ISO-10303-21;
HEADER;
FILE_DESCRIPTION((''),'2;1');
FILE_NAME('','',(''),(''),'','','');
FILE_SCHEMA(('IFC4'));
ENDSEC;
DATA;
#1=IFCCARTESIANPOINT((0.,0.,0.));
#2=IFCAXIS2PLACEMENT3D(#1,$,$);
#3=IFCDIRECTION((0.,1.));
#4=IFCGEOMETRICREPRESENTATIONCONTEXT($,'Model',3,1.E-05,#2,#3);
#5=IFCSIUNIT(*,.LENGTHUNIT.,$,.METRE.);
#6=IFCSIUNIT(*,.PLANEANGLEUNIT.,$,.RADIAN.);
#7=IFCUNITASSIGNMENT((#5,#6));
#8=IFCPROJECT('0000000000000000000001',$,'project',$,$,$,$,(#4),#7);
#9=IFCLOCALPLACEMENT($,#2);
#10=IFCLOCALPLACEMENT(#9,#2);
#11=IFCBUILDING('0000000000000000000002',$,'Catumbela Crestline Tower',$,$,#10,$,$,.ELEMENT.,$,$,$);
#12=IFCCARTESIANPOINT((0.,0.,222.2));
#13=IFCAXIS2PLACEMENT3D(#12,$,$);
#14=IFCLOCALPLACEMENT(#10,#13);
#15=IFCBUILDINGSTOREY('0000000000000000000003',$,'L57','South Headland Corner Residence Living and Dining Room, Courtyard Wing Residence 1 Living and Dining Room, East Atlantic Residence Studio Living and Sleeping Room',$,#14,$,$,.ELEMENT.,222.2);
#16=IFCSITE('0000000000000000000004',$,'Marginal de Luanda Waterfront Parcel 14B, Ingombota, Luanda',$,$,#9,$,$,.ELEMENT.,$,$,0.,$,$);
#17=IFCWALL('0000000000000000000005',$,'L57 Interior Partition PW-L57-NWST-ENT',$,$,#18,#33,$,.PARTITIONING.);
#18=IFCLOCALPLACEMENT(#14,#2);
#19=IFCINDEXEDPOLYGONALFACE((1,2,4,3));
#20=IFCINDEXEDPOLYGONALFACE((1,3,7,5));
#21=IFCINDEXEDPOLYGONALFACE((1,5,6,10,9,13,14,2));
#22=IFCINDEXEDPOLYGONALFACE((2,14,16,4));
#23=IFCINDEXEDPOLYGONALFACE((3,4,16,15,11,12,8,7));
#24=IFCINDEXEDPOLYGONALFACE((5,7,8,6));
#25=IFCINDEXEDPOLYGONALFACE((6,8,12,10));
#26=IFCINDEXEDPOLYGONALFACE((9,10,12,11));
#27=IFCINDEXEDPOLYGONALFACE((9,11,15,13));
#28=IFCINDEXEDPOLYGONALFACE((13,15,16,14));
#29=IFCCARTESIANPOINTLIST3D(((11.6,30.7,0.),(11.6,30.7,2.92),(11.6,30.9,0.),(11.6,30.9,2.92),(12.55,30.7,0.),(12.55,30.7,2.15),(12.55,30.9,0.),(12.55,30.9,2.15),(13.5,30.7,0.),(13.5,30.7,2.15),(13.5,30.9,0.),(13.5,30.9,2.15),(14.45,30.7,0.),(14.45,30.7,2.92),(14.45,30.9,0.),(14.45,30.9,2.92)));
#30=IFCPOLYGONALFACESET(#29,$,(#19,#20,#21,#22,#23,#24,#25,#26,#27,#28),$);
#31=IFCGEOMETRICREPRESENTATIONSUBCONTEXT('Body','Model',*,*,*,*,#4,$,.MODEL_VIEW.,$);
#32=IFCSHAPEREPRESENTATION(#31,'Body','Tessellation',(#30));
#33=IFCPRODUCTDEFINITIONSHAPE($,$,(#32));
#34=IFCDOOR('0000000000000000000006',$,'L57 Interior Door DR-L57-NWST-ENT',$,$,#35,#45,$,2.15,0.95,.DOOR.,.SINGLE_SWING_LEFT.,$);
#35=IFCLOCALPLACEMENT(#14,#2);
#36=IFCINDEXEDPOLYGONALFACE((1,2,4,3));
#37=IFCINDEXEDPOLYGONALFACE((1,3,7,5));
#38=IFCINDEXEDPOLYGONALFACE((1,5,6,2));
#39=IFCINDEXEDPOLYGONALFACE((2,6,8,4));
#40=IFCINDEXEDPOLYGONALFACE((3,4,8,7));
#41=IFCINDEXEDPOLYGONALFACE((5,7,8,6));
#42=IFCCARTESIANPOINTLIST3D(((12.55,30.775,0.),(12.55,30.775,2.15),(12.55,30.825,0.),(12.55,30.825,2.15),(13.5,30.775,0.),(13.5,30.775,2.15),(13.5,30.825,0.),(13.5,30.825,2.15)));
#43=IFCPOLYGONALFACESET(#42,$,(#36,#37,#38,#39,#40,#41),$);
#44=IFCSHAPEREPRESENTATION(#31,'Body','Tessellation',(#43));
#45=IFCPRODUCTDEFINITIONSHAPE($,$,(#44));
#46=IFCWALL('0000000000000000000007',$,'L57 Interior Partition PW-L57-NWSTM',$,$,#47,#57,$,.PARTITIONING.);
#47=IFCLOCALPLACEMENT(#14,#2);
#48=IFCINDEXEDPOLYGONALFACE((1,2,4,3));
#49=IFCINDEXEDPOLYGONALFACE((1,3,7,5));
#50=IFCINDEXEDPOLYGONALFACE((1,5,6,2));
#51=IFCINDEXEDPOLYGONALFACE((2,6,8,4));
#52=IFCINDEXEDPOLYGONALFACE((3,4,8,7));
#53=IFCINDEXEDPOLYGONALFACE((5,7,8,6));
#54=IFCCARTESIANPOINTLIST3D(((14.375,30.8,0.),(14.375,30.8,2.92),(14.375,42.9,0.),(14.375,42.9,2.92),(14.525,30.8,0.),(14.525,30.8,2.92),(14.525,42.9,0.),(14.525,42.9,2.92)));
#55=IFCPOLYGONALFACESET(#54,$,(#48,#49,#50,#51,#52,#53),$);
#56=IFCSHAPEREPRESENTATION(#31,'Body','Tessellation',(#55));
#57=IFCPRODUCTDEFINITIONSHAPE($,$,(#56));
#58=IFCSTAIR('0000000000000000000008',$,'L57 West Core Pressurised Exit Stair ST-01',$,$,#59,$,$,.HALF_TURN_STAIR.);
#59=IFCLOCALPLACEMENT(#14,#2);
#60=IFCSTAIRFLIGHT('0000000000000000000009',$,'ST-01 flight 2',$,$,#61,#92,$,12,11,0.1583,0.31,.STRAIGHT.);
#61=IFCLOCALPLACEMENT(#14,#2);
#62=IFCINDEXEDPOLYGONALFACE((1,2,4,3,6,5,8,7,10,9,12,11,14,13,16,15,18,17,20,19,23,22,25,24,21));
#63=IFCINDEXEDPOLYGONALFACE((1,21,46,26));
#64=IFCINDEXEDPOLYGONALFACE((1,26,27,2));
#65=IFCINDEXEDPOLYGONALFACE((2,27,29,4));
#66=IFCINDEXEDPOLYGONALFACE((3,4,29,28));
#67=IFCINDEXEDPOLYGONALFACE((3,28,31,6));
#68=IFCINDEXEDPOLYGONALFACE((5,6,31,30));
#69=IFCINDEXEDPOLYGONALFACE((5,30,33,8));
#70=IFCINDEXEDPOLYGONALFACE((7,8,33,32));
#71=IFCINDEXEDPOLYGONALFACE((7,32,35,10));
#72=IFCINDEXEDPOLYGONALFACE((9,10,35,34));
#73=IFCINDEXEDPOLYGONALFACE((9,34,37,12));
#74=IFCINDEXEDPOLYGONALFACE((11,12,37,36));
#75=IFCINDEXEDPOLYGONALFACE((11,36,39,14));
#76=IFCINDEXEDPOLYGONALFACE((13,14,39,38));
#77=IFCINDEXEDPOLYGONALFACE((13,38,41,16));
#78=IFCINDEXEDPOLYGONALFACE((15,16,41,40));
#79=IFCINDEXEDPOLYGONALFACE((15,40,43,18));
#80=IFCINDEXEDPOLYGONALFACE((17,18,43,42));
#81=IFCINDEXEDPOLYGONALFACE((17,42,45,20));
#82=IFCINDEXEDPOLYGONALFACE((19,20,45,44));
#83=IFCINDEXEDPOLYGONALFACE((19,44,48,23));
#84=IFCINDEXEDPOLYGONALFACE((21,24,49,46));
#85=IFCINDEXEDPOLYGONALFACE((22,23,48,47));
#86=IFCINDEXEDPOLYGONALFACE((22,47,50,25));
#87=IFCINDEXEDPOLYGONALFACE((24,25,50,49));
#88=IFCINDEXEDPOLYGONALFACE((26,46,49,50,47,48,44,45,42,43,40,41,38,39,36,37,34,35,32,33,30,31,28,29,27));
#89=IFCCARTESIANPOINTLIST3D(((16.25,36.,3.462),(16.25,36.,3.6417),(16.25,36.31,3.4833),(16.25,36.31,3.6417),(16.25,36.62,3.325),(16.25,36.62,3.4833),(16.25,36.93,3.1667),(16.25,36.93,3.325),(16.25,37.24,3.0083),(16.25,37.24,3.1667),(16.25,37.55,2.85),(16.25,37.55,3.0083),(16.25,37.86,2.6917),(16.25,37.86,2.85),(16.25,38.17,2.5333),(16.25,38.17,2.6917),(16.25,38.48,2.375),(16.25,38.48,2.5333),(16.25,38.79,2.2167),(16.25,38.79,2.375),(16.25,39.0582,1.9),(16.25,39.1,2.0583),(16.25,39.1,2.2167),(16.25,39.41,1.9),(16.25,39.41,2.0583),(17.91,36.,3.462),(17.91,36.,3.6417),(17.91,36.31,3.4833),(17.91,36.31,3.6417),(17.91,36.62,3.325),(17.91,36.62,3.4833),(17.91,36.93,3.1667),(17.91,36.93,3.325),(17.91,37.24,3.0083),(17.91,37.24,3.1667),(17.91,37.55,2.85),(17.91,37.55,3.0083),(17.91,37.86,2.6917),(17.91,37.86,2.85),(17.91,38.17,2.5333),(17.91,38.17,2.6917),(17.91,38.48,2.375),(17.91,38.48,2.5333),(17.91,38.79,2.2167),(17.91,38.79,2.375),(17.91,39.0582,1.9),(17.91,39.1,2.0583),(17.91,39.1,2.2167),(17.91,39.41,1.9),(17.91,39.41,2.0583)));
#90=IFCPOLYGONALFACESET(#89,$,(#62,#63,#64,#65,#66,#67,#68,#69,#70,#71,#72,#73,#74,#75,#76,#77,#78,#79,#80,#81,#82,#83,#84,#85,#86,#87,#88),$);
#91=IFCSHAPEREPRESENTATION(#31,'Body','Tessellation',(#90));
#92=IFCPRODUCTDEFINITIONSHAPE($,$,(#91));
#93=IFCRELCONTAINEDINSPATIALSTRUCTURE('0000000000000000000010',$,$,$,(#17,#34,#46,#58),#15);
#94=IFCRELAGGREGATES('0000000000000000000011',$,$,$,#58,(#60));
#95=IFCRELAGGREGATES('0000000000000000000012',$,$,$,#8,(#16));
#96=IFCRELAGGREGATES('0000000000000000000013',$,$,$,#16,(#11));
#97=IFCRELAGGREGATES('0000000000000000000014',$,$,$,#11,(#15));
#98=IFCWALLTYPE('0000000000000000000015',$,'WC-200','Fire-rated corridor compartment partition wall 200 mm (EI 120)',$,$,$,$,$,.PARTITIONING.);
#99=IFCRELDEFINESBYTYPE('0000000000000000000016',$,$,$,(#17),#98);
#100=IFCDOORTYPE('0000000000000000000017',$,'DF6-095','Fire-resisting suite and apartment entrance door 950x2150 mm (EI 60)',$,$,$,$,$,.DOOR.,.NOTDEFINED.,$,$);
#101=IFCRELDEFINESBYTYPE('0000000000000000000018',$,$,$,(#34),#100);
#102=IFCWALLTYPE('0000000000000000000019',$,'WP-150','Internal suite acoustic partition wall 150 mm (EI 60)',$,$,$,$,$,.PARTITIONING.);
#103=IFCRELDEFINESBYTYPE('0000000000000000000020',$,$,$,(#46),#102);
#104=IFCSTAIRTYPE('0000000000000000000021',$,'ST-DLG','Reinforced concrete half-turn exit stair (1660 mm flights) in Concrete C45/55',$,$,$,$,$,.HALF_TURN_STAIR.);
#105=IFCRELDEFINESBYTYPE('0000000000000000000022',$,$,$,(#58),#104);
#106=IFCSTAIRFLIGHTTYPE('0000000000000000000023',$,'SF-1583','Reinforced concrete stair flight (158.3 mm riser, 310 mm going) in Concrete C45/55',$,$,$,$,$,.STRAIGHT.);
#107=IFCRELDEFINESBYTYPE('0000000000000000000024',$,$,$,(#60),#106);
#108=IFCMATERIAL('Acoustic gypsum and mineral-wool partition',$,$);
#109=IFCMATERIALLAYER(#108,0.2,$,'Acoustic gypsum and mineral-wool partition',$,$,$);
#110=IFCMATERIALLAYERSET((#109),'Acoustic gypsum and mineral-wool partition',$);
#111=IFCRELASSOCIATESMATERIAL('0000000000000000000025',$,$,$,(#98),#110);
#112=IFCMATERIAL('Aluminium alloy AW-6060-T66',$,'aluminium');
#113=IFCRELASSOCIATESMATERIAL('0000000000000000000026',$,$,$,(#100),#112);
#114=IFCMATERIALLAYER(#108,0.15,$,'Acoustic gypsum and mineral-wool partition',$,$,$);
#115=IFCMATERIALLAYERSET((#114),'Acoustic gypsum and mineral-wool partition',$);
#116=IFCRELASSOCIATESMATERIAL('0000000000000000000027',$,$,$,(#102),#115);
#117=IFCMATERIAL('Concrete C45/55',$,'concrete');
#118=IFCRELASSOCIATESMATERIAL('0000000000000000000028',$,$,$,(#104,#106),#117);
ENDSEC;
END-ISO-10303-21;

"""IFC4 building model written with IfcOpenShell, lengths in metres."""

from ifc_helpers import new_model, si_unit, direction, frame, frame_2d, origin, place, context, subcontext, project, spatial, polyline, rectangle, outline, extrude, material, layer, layer_set, type_object, element, fill, aggregate, save


model = new_model("IFC4")

# Units and contexts
model_context = context("Model", 3, precision=1e-05, world=origin(), true_north=direction((0.0, 1.0)))
body_context = subcontext(model_context, "Body", "Model", "MODEL_VIEW")
ifc_project = project(units=[si_unit("LENGTHUNIT", "METRE"), si_unit("PLANEANGLEUNIT", "RADIAN")], contexts=[model_context])

# Site, building, storey
site_placement = place(None, origin())
site = spatial("IfcSite", under=ifc_project, at=site_placement, Name="Marginal de Luanda Waterfront Parcel 14B, Ingombota, Luanda", CompositionType="ELEMENT", RefElevation=0.0)
building_placement = place(site_placement, origin())
building = spatial("IfcBuilding", under=site, at=building_placement, Name="Catumbela Crestline Tower", CompositionType="ELEMENT")
storey_placement = place(building_placement, frame((0.0, 0.0, 222.2)))
storey = spatial("IfcBuildingStorey", under=building, at=storey_placement, Name="L57", Description="South Headland Corner Residence Living and Dining Room, Courtyard Wing Residence 1 Living and Dining Room, East Atlantic Residence Studio Living and Sleeping Room", CompositionType="ELEMENT", Elevation=222.2)

# Shared definitions
ifc_material_1 = material(Name="Aluminium alloy AW-6060-T66", Category="aluminium")

# Shared definitions
ifc_material_2 = material(Name="Concrete C45/55", Category="concrete")

# Wall, opening, door
ifc_material_3 = material(Name="Acoustic gypsum and mineral-wool partition")
ifc_layer_1 = layer(ifc_material_3, 0.2, Name="Acoustic gypsum and mineral-wool partition")
ifc_layer_set_1 = layer_set([ifc_layer_1], Name="Acoustic gypsum and mineral-wool partition")
wall_type_1 = type_object("IfcWallType", Name="WC-200", Description="Fire-rated corridor compartment partition wall 200 mm (EI 120)", PredefinedType="PARTITIONING", material=ifc_layer_set_1)
wall_1_placement = place(storey_placement, frame((11.6, 30.8, 0.0), z_axis=(0.0, 0.0, 1.0), x_axis=(1.0, 0.0, 0.0)))
wall_1 = element("IfcWall", 1, at=wall_1_placement, inside=storey, type_object=wall_type_1, Name="L57 Interior Partition PW-L57-NWST-ENT", PredefinedType="PARTITIONING", context=body_context, shape_type="SweptSolid", body=[
    extrude(rectangle(XDim=2.85, YDim=0.2, at=frame_2d((1.425, 0.0))), origin(), (0.0, 0.0, 1.0), 2.92),
])
opening_1_placement = place(wall_1_placement, frame((0.95, 0.0, 0.0)))
opening_1 = element("IfcOpeningElement", 2, at=opening_1_placement, cuts=wall_1, PredefinedType="OPENING", context=body_context, shape_type="SweptSolid", body=[
    extrude(rectangle(XDim=0.95, YDim=2.15, at=frame_2d((0.475, 1.075))), frame((0.0, 0.11, 0.0), z_axis=(0.0, -1.0, 0.0), x_axis=(1.0, 0.0, 0.0)), (0.0, 0.0, 1.0), 0.22),
])
door_type_1 = type_object("IfcDoorType", Name="DF6-095", Description="Fire-resisting suite and apartment entrance door 950x2150 mm (EI 60)", OperationType="NOTDEFINED", PredefinedType="DOOR", material=ifc_material_1)
door_1_placement = place(opening_1_placement, origin())
door_1 = element("IfcDoor", 3, at=door_1_placement, inside=storey, type_object=door_type_1, Name="L57 Interior Door DR-L57-NWST-ENT", OperationType="SINGLE_SWING_LEFT", OverallHeight=2.15, OverallWidth=0.95, PredefinedType="DOOR", context=body_context, shape_type="SweptSolid", body=[
    extrude(rectangle(XDim=0.95, YDim=2.15, at=frame_2d((0.475, 1.075))), frame((0.0, 0.025, 0.0), z_axis=(0.0, -1.0, 0.0), x_axis=(1.0, 0.0, 0.0)), (0.0, 0.0, 1.0), 0.05),
])
fill(opening_1, door_1)

# Wall
ifc_layer_2 = layer(ifc_material_3, 0.15, Name="Acoustic gypsum and mineral-wool partition")
ifc_layer_set_2 = layer_set([ifc_layer_2], Name="Acoustic gypsum and mineral-wool partition")
wall_type_2 = type_object("IfcWallType", Name="WP-150", Description="Internal suite acoustic partition wall 150 mm (EI 60)", PredefinedType="PARTITIONING", material=ifc_layer_set_2)
wall_2_placement = place(storey_placement, frame((14.45, 30.8, 0.0), z_axis=(0.0, 0.0, 1.0), x_axis=(0.0, 1.0, 0.0)))
element("IfcWall", 4, at=wall_2_placement, inside=storey, type_object=wall_type_2, Name="L57 Interior Partition PW-L57-NWSTM", PredefinedType="PARTITIONING", context=body_context, shape_type="SweptSolid", body=[
    extrude(rectangle(XDim=12.1, YDim=0.15, at=frame_2d((6.05, 0.0))), origin(), (0.0, 0.0, 1.0), 2.92),
])

# Stair, stair flight
stair_type = type_object("IfcStairType", Name="ST-DLG", Description="Reinforced concrete half-turn exit stair (1660 mm flights) in Concrete C45/55", PredefinedType="HALF_TURN_STAIR", material=ifc_material_2)
stair_placement = place(storey_placement, origin())
stair = element("IfcStair", 5, at=stair_placement, inside=storey, type_object=stair_type, Name="L57 West Core Pressurised Exit Stair ST-01", PredefinedType="HALF_TURN_STAIR")
stair_flight_type = type_object("IfcStairFlightType", Name="SF-1583", Description="Reinforced concrete stair flight (158.3 mm riser, 310 mm going) in Concrete C45/55", PredefinedType="STRAIGHT", material=ifc_material_2)
stair_flight_placement = place(storey_placement, frame((17.08, 39.41, 1.9), z_axis=(0.0, 0.0, 1.0), x_axis=(0.0, -1.0, 0.0)))
stair_flight = element("IfcStairFlight", 6, at=stair_flight_placement, type_object=stair_flight_type, Name="ST-01 flight 2", NumberOfRisers=12, NumberOfTreads=11, PredefinedType="STRAIGHT", RiserHeight=0.1583, TreadLength=0.31, context=body_context, shape_type="SweptSolid", body=[
    extrude(outline(polyline([(0.0, 0.0), (0.0, 0.1583), (0.31, 0.1583), (0.31, 0.3167), (0.62, 0.3167), (0.62, 0.475), (0.93, 0.475), (0.93, 0.6333), (1.24, 0.6333), (1.24, 0.7917), (1.55, 0.7917), (1.55, 0.95), (1.86, 0.95), (1.86, 1.1083), (2.17, 1.1083), (2.17, 1.2667), (2.48, 1.2667), (2.48, 1.425), (2.79, 1.425), (2.79, 1.5833), (3.1, 1.5833), (3.1, 1.7417), (3.41, 1.7417), (3.41, 1.9), (3.41, 1.562), (0.3518, 0.0), (0.0, 0.0)])), frame((0.0, 0.83, 0.0), z_axis=(0.0, -1.0, 0.0), x_axis=(1.0, 0.0, 0.0)), (0.0, 0.0, 1.0), 1.66),
])
aggregate(stair, [stair_flight])

save(model, "model.ifc")
